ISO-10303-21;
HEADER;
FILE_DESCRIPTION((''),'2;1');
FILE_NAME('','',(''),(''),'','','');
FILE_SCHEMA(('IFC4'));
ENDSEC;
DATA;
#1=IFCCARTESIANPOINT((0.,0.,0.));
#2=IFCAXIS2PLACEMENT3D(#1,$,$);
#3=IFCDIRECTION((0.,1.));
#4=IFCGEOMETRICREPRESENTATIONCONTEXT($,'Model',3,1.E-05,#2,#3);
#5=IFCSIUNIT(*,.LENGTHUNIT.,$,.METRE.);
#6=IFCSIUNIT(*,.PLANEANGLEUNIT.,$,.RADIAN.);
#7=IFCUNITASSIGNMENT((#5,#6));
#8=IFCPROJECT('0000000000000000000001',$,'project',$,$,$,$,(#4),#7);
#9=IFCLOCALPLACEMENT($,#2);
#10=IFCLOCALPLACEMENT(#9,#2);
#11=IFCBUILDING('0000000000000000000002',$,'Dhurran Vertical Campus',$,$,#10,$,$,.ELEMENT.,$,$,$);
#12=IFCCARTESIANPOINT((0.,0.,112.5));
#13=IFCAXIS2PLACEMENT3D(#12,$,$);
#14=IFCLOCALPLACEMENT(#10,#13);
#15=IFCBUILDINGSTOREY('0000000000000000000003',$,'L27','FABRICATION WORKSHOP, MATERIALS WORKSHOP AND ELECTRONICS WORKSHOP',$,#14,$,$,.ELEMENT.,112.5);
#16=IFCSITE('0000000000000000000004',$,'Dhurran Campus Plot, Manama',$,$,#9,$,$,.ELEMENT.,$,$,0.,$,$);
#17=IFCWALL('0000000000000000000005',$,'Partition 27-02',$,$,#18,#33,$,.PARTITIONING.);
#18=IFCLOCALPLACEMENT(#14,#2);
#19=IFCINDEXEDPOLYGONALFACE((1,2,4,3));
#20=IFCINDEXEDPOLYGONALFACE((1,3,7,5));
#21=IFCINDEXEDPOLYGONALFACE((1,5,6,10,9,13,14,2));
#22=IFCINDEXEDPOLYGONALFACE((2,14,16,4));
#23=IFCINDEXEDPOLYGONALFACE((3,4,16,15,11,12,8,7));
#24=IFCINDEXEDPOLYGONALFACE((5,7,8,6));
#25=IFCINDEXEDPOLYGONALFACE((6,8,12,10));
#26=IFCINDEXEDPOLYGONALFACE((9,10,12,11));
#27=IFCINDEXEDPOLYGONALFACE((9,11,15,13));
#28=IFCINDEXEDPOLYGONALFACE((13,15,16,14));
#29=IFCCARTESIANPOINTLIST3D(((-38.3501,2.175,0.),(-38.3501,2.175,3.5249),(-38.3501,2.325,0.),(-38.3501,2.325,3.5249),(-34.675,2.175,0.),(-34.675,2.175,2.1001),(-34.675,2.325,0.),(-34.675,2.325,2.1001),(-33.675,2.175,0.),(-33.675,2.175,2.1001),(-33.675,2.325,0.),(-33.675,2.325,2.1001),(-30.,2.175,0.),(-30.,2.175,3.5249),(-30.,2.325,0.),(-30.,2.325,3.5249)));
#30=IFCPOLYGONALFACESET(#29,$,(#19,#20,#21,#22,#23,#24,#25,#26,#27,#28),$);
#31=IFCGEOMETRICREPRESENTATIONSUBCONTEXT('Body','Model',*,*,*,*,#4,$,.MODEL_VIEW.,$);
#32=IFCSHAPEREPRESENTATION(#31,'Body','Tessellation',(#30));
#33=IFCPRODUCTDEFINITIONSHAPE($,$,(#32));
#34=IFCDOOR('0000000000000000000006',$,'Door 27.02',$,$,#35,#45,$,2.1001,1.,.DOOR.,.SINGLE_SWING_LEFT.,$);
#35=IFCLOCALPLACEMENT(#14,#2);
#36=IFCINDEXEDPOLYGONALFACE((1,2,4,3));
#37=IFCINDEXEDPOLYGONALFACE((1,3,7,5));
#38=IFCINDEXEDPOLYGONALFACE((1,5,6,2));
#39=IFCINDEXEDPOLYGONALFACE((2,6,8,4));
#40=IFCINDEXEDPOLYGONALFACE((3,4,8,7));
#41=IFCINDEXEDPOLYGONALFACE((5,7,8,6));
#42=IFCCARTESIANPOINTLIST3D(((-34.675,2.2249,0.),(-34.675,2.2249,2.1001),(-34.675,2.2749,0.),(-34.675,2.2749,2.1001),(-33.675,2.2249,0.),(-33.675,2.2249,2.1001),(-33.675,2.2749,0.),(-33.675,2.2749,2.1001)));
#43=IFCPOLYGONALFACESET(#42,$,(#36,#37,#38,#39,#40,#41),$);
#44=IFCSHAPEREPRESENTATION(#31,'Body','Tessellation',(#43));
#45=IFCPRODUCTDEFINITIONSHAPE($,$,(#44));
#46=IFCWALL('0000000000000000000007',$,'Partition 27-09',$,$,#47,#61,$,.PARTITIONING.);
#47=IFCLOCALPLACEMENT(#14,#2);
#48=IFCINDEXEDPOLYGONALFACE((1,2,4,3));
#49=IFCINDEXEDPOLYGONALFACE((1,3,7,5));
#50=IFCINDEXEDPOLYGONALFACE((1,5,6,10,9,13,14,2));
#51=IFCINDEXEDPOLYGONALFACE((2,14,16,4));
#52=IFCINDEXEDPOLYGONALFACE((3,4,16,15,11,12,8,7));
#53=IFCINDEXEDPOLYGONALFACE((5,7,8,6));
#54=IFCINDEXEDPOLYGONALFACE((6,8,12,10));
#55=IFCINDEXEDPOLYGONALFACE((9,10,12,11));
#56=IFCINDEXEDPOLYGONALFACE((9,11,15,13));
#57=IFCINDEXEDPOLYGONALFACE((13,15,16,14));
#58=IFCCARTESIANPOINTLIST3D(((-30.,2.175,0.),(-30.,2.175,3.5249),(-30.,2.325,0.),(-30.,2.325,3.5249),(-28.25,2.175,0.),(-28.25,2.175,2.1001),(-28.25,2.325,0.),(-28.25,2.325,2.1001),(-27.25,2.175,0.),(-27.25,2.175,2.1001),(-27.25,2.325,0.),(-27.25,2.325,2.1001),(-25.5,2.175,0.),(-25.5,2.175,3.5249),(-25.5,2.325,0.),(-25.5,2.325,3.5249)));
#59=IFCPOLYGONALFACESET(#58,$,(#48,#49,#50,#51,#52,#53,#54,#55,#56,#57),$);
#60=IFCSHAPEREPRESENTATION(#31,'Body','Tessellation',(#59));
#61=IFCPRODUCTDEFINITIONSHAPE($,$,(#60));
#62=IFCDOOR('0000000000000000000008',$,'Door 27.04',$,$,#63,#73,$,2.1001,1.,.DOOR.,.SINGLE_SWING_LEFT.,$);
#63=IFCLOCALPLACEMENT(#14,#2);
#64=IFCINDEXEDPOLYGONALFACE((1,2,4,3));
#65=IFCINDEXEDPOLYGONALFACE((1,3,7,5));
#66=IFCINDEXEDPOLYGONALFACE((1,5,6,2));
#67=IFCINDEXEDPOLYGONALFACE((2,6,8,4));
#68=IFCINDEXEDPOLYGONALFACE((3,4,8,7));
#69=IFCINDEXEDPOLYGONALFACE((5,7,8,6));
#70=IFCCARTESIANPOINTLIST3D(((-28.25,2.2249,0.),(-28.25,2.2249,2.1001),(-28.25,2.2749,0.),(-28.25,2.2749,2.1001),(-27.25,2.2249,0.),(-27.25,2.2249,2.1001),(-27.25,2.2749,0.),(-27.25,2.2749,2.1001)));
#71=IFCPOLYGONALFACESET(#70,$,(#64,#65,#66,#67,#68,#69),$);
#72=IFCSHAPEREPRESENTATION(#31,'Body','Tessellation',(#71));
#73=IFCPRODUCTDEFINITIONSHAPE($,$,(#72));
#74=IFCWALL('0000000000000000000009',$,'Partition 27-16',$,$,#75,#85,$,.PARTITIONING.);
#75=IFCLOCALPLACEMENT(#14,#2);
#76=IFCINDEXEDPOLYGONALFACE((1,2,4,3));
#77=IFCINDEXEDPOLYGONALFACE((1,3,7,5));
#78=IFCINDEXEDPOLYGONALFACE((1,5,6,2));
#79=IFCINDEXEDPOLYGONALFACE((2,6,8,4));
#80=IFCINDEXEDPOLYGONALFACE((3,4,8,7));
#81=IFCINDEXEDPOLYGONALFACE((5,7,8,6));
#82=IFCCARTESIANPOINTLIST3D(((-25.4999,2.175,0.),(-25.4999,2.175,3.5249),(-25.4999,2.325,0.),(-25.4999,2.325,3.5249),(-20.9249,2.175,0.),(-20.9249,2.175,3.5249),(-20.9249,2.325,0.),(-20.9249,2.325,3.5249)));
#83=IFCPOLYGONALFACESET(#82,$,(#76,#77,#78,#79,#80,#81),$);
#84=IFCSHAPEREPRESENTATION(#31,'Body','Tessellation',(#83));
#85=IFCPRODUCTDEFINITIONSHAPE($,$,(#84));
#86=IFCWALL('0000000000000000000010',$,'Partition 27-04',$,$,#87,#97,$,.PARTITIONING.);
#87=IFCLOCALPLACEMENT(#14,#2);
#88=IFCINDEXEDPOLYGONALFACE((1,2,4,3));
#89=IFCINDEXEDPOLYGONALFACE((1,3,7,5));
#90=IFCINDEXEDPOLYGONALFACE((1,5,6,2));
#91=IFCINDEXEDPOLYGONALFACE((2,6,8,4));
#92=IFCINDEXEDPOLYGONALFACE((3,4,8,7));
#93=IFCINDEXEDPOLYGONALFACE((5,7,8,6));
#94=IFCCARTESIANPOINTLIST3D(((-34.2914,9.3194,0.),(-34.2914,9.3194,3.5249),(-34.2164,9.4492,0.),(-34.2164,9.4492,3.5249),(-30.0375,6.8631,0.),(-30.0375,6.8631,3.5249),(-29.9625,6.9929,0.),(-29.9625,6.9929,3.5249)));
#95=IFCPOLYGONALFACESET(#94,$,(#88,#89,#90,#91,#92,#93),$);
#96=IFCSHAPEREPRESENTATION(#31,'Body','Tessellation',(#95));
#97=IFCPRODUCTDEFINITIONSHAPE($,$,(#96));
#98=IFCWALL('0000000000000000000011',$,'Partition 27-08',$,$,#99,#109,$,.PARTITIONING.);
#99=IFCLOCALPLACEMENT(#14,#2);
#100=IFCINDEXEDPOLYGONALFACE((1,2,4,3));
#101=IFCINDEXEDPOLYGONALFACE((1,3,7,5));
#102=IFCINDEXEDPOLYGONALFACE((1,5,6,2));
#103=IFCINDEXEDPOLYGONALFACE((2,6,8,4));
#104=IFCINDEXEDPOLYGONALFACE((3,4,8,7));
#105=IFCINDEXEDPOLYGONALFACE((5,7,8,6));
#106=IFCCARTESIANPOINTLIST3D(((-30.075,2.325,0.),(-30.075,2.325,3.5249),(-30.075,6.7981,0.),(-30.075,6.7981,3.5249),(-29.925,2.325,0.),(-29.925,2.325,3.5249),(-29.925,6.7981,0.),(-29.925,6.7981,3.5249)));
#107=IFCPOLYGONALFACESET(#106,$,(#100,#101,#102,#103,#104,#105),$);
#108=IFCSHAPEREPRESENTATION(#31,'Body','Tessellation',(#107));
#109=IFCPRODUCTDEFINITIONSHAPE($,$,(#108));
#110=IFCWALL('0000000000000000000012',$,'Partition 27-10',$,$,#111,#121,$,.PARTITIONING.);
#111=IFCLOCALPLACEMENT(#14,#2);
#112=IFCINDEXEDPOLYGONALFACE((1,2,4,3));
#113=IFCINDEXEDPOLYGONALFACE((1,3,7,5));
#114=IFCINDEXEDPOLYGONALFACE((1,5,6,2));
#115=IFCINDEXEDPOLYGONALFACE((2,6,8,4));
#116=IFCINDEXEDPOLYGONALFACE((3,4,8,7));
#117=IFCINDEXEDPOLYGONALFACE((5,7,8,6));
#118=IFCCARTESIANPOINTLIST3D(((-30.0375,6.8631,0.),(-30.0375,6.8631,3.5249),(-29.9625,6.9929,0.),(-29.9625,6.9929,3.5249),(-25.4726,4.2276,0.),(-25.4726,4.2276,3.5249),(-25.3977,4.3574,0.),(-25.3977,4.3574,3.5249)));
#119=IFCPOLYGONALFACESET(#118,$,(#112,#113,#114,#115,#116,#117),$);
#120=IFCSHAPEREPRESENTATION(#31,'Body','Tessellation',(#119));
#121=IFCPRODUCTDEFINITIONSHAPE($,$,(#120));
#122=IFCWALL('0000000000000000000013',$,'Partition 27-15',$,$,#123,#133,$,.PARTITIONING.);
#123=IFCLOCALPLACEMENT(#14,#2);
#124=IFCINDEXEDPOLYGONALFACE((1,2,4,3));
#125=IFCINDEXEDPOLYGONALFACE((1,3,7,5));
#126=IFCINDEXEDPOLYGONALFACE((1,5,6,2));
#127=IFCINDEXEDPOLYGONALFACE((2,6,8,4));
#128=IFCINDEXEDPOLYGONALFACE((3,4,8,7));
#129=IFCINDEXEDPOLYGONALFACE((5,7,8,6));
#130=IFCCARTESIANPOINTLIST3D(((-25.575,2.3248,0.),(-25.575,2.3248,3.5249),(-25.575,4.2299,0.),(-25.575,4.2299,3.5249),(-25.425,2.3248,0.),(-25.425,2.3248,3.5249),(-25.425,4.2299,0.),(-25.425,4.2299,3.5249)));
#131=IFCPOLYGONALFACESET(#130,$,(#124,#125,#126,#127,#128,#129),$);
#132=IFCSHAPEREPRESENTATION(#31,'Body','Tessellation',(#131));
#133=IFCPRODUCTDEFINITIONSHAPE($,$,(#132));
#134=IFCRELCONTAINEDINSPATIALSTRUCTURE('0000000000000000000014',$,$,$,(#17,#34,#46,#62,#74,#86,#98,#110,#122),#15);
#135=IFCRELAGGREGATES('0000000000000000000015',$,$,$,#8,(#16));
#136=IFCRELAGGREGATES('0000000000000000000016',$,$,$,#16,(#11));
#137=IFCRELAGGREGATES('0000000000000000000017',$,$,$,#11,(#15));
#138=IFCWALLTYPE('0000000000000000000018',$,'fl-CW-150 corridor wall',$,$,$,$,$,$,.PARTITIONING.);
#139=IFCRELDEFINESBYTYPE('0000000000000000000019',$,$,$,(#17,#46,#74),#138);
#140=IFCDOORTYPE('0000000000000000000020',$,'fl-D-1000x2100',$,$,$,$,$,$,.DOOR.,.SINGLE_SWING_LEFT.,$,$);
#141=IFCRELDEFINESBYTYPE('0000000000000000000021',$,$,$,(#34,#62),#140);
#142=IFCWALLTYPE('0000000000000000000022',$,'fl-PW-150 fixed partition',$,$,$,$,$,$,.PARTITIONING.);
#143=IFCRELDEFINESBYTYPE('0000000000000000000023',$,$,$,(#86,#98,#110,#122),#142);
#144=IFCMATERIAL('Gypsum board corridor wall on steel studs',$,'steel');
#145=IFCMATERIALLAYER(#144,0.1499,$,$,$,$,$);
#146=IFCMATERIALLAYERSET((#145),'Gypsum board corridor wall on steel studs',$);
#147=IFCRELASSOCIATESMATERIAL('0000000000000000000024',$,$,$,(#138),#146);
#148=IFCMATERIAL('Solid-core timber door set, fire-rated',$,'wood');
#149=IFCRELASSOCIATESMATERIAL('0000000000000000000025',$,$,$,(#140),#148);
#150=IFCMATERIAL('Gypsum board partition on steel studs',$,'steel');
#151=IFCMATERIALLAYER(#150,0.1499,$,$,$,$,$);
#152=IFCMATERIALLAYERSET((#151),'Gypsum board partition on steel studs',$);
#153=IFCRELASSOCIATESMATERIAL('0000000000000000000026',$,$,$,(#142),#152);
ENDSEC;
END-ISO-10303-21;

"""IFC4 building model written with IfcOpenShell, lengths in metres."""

from ifc_helpers import new_model, si_unit, direction, frame, frame_2d, origin, place, context, subcontext, project, spatial, rectangle, extrude, material, layer, layer_set, type_object, element, fill, save


model = new_model("IFC4")

# Units and contexts
model_context = context("Model", 3, precision=1e-05, world=origin(), true_north=direction((0.0, 1.0)))
body_context = subcontext(model_context, "Body", "Model", "MODEL_VIEW")
ifc_project = project(units=[si_unit("LENGTHUNIT", "METRE"), si_unit("PLANEANGLEUNIT", "RADIAN")], contexts=[model_context])

# Site, building, storey
site_placement = place(None, origin())
site = spatial("IfcSite", under=ifc_project, at=site_placement, Name="Dhurran Campus Plot, Manama", CompositionType="ELEMENT", RefElevation=0.0)
building_placement = place(site_placement, origin())
building = spatial("IfcBuilding", under=site, at=building_placement, Name="Dhurran Vertical Campus", CompositionType="ELEMENT")
storey_placement = place(building_placement, frame((0.0, 0.0, 112.5)))
storey = spatial("IfcBuildingStorey", under=building, at=storey_placement, Name="L27", Description="FABRICATION WORKSHOP, MATERIALS WORKSHOP AND ELECTRONICS WORKSHOP", CompositionType="ELEMENT", Elevation=112.5)

# Walls, openings, doors
ifc_material_1 = material(Name="Gypsum board corridor wall on steel studs", Category="steel")
ifc_layer_1 = layer(ifc_material_1, 0.1499)
ifc_layer_set_1 = layer_set([ifc_layer_1], Name="Gypsum board corridor wall on steel studs")
wall_type_1 = type_object("IfcWallType", Name="fl-CW-150 corridor wall", PredefinedType="PARTITIONING", material=ifc_layer_set_1)
wall_1_placement = place(storey_placement, frame((-38.3501, 2.25, 0.0), z_axis=(0.0, 0.0, 1.0), x_axis=(1.0, 0.0, 0.0)))
wall_1 = element("IfcWall", 1, at=wall_1_placement, inside=storey, type_object=wall_type_1, Name="Partition 27-02", PredefinedType="PARTITIONING", context=body_context, shape_type="SweptSolid", body=[
    extrude(rectangle(XDim=8.3501, YDim=0.1499, at=frame_2d((4.175, 0.0))), origin(), (0.0, 0.0, 1.0), 3.5249),
])
opening_1_placement = place(wall_1_placement, frame((3.675, 0.0, 0.0)))
opening_1 = element("IfcOpeningElement", 2, at=opening_1_placement, cuts=wall_1, PredefinedType="OPENING", context=body_context, shape_type="SweptSolid", body=[
    extrude(rectangle(XDim=1.0, YDim=2.1001, at=frame_2d((0.5, 1.05))), frame((0.0, 0.085, 0.0), z_axis=(0.0, -1.0, 0.0), x_axis=(1.0, 0.0, 0.0)), (0.0, 0.0, 1.0), 0.1699),
])
ifc_material_2 = material(Name="Solid-core timber door set, fire-rated", Category="wood")
door_type_1 = type_object("IfcDoorType", Name="fl-D-1000x2100", OperationType="SINGLE_SWING_LEFT", PredefinedType="DOOR", material=ifc_material_2)
door_1_placement = place(opening_1_placement, origin())
door_1 = element("IfcDoor", 3, at=door_1_placement, inside=storey, type_object=door_type_1, Name="Door 27.02", OperationType="SINGLE_SWING_LEFT", OverallHeight=2.1001, OverallWidth=1.0, PredefinedType="DOOR", context=body_context, shape_type="SweptSolid", body=[
    extrude(rectangle(XDim=1.0, YDim=2.1001, at=frame_2d((0.5, 1.05))), frame((0.0, 0.0249, 0.0), z_axis=(0.0, -1.0, 0.0), x_axis=(1.0, 0.0, 0.0)), (0.0, 0.0, 1.0), 0.05),
])
fill(opening_1, door_1)
wall_2_placement = place(storey_placement, frame((-30.0, 2.25, 0.0), z_axis=(0.0, 0.0, 1.0), x_axis=(1.0, 0.0, 0.0)))
wall_2 = element("IfcWall", 4, at=wall_2_placement, inside=storey, type_object=wall_type_1, Name="Partition 27-09", PredefinedType="PARTITIONING", context=body_context, shape_type="SweptSolid", body=[
    extrude(rectangle(XDim=4.5, YDim=0.1499, at=frame_2d((2.25, 0.0))), origin(), (0.0, 0.0, 1.0), 3.5249),
])
opening_2_placement = place(wall_2_placement, frame((1.75, 0.0, 0.0)))
opening_2 = element("IfcOpeningElement", 5, at=opening_2_placement, cuts=wall_2, PredefinedType="OPENING", context=body_context, shape_type="SweptSolid", body=[
    extrude(rectangle(XDim=1.0, YDim=2.1001, at=frame_2d((0.5, 1.05))), frame((0.0, 0.085, 0.0), z_axis=(0.0, -1.0, 0.0), x_axis=(1.0, 0.0, 0.0)), (0.0, 0.0, 1.0), 0.1699),
])
door_2_placement = place(opening_2_placement, origin())
door_2 = element("IfcDoor", 6, at=door_2_placement, inside=storey, type_object=door_type_1, Name="Door 27.04", OperationType="SINGLE_SWING_LEFT", OverallHeight=2.1001, OverallWidth=1.0, PredefinedType="DOOR", context=body_context, shape_type="SweptSolid", body=[
    extrude(rectangle(XDim=1.0, YDim=2.1001, at=frame_2d((0.5, 1.05))), frame((0.0, 0.0249, 0.0), z_axis=(0.0, -1.0, 0.0), x_axis=(1.0, 0.0, 0.0)), (0.0, 0.0, 1.0), 0.05),
])
fill(opening_2, door_2)

# Walls
wall_3_placement = place(storey_placement, frame((-25.5, 2.25, 0.0), z_axis=(0.0, 0.0, 1.0), x_axis=(1.0, 0.0, 0.0)))
element("IfcWall", 7, at=wall_3_placement, inside=storey, type_object=wall_type_1, Name="Partition 27-16", PredefinedType="PARTITIONING", context=body_context, shape_type="SweptSolid", body=[
    extrude(rectangle(XDim=4.575, YDim=0.1499, at=frame_2d((2.2876, 0.0))), origin(), (0.0, 0.0, 1.0), 3.5249),
])
ifc_material_3 = material(Name="Gypsum board partition on steel studs", Category="steel")
ifc_layer_2 = layer(ifc_material_3, 0.1499)
ifc_layer_set_2 = layer_set([ifc_layer_2], Name="Gypsum board partition on steel studs")
wall_type_2 = type_object("IfcWallType", Name="fl-PW-150 fixed partition", PredefinedType="PARTITIONING", material=ifc_layer_set_2)
wall_4_placement = place(storey_placement, frame((-34.2539, 9.3843, 0.0), z_axis=(0.0, 0.0, 1.0), x_axis=(0.865999, -0.500047, 0.0)))
element("IfcWall", 8, at=wall_4_placement, inside=storey, type_object=wall_type_2, Name="Partition 27-04", PredefinedType="PARTITIONING", context=body_context, shape_type="SweptSolid", body=[
    extrude(rectangle(XDim=4.9121, YDim=0.1499, at=frame_2d((2.4561, 0.0))), origin(), (0.0, 0.0, 1.0), 3.5249),
])
wall_5_placement = place(storey_placement, frame((-30.0, 6.7981, 0.0), z_axis=(0.0, 0.0, 1.0), x_axis=(0.0, -1.0, 0.0)))
element("IfcWall", 9, at=wall_5_placement, inside=storey, type_object=wall_type_2, Name="Partition 27-08", PredefinedType="PARTITIONING", context=body_context, shape_type="SweptSolid", body=[
    extrude(rectangle(XDim=4.4731, YDim=0.1499, at=frame_2d((2.2366, 0.0))), origin(), (0.0, 0.0, 1.0), 3.5249),
])
wall_6_placement = place(storey_placement, frame((-30.0, 6.928, 0.0), z_axis=(0.0, 0.0, 1.0), x_axis=(0.866031, -0.49999, 0.0)))
element("IfcWall", 10, at=wall_6_placement, inside=storey, type_object=wall_type_2, Name="Partition 27-10", PredefinedType="PARTITIONING", context=body_context, shape_type="SweptSolid", body=[
    extrude(rectangle(XDim=5.271, YDim=0.1499, at=frame_2d((2.6355, 0.0))), origin(), (0.0, 0.0, 1.0), 3.5249),
])
wall_7_placement = place(storey_placement, frame((-25.5, 4.23, 0.0), z_axis=(0.0, 0.0, 1.0), x_axis=(0.0, -1.0, 0.0)))
element("IfcWall", 11, at=wall_7_placement, inside=storey, type_object=wall_type_2, Name="Partition 27-15", PredefinedType="PARTITIONING", context=body_context, shape_type="SweptSolid", body=[
    extrude(rectangle(XDim=1.905, YDim=0.1499, at=frame_2d((0.9526, 0.0))), origin(), (0.0, 0.0, 1.0), 3.5249),
])

save(model, "model.ifc")
